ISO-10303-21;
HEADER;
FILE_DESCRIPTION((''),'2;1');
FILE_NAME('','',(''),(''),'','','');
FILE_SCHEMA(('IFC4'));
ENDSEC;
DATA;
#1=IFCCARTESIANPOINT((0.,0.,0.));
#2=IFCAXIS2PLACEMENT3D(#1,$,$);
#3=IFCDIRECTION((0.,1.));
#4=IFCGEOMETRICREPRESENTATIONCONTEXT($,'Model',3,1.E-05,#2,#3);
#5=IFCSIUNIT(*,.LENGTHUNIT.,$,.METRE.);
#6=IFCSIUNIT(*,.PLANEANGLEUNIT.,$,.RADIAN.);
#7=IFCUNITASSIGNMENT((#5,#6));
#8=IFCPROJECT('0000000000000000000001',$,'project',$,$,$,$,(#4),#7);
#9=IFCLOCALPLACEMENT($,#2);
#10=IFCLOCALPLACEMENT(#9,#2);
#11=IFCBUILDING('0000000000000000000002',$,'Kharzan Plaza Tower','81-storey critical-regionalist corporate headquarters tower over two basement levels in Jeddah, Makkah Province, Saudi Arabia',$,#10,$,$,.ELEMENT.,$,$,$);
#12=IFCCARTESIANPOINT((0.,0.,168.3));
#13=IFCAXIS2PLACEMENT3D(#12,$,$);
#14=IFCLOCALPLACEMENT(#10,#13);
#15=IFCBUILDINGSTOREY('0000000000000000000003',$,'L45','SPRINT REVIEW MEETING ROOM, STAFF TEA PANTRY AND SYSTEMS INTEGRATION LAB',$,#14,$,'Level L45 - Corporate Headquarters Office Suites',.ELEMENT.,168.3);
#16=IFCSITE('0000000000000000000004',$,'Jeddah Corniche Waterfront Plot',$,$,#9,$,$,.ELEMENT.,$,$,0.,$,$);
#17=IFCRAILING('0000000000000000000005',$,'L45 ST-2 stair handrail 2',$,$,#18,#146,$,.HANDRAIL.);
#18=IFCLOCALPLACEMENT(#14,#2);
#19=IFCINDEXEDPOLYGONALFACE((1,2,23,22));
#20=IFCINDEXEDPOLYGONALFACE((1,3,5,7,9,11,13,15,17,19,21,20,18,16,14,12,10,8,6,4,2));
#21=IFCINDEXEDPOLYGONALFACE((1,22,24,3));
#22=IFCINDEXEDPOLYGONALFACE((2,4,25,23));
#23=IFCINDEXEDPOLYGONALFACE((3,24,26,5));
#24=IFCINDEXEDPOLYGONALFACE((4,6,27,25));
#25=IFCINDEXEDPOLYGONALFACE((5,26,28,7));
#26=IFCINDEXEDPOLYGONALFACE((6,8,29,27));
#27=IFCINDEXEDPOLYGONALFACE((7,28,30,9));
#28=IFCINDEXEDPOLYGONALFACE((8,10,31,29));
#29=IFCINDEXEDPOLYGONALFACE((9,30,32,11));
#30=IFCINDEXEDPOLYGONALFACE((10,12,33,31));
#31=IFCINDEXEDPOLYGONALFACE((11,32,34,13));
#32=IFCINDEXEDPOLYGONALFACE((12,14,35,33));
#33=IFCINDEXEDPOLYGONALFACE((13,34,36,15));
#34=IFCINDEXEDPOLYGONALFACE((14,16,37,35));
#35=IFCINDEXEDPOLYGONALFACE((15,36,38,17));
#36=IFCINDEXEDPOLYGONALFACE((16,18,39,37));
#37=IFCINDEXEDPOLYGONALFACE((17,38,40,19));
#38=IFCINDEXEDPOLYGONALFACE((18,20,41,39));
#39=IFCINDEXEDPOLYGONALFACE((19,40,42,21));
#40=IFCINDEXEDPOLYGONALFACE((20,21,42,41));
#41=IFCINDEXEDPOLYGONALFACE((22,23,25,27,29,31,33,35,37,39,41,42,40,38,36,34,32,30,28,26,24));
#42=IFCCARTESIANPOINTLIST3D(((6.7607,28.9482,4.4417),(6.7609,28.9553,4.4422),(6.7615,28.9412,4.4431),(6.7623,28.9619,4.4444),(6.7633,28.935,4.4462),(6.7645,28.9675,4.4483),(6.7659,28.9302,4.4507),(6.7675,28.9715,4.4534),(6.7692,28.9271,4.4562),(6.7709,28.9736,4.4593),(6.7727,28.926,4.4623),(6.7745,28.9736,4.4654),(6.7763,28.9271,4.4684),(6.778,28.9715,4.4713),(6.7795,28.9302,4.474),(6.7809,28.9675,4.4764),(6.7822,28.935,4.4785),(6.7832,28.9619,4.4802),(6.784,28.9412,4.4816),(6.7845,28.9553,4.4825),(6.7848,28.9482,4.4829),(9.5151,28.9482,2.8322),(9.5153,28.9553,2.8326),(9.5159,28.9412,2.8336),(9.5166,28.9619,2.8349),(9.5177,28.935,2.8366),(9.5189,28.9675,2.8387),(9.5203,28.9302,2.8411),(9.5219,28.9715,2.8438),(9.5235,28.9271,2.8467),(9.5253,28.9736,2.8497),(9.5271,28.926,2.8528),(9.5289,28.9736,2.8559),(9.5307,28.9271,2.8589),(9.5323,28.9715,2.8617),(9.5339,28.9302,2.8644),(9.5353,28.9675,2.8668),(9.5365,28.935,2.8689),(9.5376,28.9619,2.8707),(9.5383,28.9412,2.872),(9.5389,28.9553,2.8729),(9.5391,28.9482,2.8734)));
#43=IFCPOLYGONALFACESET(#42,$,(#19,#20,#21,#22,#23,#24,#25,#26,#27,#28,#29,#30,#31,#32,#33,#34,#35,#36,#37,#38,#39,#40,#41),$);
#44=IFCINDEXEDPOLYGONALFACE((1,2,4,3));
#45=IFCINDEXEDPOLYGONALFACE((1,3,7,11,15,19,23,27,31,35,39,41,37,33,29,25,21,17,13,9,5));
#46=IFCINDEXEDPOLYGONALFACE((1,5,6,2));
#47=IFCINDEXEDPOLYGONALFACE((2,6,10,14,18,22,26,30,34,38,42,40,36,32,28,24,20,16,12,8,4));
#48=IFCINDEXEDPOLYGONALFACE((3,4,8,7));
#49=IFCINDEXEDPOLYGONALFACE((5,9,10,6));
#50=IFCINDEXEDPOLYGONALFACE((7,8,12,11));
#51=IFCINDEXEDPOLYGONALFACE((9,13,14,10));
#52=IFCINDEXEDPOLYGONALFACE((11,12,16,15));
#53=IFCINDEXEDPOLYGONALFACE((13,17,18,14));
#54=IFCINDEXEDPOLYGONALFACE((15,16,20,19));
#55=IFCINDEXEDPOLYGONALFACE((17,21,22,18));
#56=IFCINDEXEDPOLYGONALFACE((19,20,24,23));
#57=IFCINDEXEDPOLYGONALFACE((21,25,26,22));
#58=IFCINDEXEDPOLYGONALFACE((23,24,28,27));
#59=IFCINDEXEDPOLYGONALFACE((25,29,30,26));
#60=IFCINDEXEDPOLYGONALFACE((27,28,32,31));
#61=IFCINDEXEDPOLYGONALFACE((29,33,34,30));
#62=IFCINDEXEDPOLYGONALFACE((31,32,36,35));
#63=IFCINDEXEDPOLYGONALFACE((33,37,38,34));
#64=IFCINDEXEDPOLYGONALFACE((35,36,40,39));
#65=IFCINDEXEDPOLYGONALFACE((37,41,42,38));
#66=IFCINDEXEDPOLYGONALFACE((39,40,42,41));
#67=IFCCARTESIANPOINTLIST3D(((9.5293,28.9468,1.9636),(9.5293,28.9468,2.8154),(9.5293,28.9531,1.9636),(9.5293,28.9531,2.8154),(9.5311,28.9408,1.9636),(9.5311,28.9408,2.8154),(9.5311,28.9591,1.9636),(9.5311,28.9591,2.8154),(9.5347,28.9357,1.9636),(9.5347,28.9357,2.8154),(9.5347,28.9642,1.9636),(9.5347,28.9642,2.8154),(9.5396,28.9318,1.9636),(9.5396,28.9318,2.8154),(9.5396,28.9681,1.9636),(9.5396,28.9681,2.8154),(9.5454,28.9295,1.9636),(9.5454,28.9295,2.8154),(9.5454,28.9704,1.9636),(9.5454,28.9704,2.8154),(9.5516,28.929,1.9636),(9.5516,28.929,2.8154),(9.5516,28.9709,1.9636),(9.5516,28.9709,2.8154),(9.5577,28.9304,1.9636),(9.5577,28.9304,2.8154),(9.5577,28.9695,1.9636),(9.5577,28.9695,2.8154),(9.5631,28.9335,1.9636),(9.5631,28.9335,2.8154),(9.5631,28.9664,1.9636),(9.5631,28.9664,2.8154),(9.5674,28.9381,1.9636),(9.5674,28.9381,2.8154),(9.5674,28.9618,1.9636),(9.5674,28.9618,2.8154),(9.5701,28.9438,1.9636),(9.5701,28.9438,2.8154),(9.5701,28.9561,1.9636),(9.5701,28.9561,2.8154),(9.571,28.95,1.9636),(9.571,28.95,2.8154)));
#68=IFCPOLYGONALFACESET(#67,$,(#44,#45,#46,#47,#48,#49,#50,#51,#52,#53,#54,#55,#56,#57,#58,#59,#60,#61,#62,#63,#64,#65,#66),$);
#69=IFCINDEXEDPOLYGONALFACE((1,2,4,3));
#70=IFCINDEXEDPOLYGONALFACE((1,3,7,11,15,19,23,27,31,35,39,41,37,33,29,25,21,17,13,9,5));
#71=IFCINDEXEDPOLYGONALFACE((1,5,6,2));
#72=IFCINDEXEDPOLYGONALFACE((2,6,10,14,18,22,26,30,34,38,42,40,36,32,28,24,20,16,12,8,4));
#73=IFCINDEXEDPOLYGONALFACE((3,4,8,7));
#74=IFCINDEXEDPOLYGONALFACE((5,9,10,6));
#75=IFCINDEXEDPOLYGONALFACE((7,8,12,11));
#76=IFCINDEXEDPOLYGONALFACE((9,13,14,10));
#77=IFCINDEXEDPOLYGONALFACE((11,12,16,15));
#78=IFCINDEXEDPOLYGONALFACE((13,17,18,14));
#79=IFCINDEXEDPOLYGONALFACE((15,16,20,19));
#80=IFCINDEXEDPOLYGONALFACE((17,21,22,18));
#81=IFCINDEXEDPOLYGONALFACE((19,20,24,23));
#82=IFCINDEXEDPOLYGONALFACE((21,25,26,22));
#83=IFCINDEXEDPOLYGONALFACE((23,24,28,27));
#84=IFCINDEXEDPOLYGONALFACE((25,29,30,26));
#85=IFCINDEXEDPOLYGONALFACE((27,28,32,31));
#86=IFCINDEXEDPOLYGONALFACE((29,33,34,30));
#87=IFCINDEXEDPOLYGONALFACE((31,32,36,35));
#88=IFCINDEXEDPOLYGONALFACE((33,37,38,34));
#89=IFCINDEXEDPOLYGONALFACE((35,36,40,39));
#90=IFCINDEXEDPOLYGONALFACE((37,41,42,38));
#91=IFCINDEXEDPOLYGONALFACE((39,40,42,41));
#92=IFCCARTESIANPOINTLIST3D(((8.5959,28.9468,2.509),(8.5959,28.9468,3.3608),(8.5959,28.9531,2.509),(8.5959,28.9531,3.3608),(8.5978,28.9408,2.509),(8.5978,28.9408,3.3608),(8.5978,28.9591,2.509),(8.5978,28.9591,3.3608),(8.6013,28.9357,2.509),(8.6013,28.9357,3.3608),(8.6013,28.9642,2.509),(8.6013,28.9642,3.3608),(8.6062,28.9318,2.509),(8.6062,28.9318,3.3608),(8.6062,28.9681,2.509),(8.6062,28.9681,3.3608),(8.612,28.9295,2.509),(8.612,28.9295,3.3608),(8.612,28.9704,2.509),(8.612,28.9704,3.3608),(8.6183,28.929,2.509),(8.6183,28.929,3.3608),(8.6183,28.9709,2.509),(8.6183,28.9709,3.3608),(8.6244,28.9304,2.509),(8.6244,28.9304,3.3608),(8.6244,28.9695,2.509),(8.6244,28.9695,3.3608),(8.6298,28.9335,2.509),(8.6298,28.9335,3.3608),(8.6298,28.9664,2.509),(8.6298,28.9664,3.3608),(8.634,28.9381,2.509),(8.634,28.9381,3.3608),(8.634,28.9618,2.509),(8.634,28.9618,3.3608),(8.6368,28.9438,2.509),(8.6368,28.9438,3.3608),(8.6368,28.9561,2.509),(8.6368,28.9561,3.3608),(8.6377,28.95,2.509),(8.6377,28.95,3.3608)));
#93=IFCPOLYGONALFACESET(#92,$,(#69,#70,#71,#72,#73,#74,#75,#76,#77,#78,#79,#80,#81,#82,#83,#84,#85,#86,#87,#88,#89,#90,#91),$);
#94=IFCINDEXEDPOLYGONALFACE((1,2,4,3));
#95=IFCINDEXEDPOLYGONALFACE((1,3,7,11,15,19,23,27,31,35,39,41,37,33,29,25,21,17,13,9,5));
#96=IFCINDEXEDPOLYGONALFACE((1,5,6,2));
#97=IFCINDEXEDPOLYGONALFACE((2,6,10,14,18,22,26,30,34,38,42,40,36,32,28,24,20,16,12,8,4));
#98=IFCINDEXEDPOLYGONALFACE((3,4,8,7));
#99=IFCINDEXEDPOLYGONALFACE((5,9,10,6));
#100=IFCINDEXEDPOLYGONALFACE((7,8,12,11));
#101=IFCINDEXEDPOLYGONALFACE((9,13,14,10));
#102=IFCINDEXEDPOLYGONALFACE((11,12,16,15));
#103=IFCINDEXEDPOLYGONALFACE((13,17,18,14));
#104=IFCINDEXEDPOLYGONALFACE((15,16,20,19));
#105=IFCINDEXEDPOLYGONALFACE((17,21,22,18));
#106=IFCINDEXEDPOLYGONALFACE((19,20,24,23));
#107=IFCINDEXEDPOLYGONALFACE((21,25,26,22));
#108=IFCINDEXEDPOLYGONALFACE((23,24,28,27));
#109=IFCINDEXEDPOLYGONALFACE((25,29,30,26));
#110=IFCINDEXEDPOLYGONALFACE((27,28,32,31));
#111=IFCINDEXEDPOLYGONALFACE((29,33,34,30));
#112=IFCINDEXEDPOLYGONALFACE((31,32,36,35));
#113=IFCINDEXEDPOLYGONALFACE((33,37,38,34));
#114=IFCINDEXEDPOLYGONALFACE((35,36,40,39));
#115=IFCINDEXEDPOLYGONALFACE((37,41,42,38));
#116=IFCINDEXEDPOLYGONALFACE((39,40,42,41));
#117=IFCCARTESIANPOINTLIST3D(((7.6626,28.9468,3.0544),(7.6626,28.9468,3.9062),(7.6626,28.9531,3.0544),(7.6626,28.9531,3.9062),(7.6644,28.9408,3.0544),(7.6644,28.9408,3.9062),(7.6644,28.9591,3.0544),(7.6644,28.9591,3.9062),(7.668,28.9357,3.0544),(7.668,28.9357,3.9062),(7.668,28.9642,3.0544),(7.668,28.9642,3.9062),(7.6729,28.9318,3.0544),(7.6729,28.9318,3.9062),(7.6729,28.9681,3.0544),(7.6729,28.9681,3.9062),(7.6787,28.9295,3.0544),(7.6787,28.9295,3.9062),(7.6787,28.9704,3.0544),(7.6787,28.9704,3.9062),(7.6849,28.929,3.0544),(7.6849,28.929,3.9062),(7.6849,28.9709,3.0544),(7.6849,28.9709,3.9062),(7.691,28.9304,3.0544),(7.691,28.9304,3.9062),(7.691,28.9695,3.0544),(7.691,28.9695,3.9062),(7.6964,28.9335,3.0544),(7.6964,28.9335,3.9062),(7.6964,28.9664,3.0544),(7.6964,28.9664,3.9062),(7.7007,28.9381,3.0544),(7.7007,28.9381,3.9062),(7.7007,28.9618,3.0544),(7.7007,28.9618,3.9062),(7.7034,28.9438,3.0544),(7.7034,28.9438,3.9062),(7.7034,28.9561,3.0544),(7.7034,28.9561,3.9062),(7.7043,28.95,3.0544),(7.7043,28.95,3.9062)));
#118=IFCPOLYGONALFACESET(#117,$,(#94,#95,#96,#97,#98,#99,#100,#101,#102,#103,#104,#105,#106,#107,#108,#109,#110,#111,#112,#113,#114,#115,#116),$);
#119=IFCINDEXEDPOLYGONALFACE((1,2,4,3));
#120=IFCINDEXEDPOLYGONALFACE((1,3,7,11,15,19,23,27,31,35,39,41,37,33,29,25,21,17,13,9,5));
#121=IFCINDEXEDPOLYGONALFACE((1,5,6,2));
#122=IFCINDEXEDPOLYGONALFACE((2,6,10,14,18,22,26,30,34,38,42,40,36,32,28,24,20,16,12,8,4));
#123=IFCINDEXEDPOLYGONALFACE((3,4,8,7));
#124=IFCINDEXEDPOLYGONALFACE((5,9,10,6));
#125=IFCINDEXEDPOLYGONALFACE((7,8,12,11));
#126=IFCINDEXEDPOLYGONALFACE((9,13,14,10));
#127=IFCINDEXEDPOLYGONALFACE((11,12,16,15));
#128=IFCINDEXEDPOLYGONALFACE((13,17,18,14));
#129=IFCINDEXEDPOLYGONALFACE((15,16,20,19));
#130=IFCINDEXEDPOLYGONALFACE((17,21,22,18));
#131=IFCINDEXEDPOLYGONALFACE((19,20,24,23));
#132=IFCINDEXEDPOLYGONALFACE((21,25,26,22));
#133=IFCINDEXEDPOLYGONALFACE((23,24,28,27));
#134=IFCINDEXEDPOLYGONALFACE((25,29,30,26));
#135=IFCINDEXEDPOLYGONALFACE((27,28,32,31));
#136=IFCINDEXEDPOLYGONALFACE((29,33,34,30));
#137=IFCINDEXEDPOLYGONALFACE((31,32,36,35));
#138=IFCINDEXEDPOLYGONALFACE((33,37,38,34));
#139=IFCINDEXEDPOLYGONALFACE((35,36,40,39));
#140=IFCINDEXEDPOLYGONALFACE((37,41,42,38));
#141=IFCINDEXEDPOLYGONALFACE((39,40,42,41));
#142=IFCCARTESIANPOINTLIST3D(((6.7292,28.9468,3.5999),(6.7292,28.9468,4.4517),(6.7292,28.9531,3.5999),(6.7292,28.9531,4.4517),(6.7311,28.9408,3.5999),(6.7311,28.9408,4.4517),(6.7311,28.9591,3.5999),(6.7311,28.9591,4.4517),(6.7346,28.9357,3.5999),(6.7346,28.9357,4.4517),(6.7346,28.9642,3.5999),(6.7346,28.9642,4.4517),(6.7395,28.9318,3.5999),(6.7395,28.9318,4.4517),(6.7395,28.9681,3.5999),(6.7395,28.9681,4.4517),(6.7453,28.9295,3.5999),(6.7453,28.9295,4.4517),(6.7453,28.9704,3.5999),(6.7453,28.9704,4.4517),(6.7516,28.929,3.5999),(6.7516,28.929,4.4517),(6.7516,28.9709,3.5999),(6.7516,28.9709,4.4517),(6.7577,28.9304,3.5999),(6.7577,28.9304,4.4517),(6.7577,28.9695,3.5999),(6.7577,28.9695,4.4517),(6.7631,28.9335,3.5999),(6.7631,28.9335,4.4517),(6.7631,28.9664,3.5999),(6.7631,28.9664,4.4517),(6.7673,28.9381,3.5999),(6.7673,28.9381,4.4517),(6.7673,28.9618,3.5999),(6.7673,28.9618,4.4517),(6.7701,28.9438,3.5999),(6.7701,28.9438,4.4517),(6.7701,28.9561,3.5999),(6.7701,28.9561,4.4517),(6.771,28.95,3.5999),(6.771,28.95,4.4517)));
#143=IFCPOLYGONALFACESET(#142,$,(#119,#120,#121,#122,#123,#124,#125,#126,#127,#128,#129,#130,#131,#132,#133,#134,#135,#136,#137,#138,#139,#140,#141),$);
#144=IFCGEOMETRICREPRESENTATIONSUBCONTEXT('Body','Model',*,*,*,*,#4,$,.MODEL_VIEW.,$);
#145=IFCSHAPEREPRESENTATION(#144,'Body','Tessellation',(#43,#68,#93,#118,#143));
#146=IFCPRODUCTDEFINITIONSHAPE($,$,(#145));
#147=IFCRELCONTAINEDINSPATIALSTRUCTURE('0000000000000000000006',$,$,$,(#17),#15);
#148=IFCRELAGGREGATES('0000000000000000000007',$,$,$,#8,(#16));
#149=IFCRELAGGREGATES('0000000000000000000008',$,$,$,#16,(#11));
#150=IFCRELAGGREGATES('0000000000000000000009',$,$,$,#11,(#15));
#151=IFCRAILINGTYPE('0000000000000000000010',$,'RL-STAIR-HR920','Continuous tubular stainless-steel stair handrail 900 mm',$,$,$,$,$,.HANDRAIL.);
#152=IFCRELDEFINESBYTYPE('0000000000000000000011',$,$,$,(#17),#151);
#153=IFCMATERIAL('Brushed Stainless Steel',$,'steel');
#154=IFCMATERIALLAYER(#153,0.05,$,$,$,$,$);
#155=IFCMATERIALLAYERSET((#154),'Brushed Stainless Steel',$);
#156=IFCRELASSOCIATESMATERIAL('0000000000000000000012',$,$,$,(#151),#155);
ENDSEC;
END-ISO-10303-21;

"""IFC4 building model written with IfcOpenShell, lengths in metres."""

from ifc_helpers import new_model, si_unit, direction, frame, origin, origin_2d, place, context, subcontext, project, spatial, circle, extrude, source, transform, mapped, material, layer, layer_set, type_object, element, save


model = new_model("IFC4")

# Units and contexts
model_context = context("Model", 3, precision=1e-05, world=origin(), true_north=direction((0.0, 1.0)))
body_context = subcontext(model_context, "Body", "Model", "MODEL_VIEW")
ifc_project = project(units=[si_unit("LENGTHUNIT", "METRE"), si_unit("PLANEANGLEUNIT", "RADIAN")], contexts=[model_context])

# Site, building, storey
site_placement = place(None, origin())
site = spatial("IfcSite", under=ifc_project, at=site_placement, Name="Jeddah Corniche Waterfront Plot", CompositionType="ELEMENT", RefElevation=0.0)
building_placement = place(site_placement, origin())
building = spatial("IfcBuilding", under=site, at=building_placement, Name="Kharzan Plaza Tower", Description="81-storey critical-regionalist corporate headquarters tower over two basement levels in Jeddah, Makkah Province, Saudi Arabia", CompositionType="ELEMENT")
storey_placement = place(building_placement, frame((0.0, 0.0, 168.3)))
storey = spatial("IfcBuildingStorey", under=building, at=storey_placement, Name="L45", Description="SPRINT REVIEW MEETING ROOM, STAFF TEA PANTRY AND SYSTEMS INTEGRATION LAB", LongName="Level L45 - Corporate Headquarters Office Suites", CompositionType="ELEMENT", Elevation=168.3)

# Shared definitions
ifc_material_1 = material(Name="Brushed Stainless Steel", Category="steel")

# Railing
ifc_layer_1 = layer(ifc_material_1, 0.05)
ifc_layer_set_1 = layer_set([ifc_layer_1], Name="Brushed Stainless Steel")
railing_type_1 = type_object("IfcRailingType", Name="RL-STAIR-HR920", Description="Continuous tubular stainless-steel stair handrail 900 mm", PredefinedType="HANDRAIL", material=ifc_layer_set_1)
shared_shape_1 = source(origin(), body_context, "Body", "SweptSolid", [
    extrude(circle(Radius=0.0239, at=origin_2d()), frame((-0.0229, 0.0, 0.8892), z_axis=(-0.863394, 0.0, 0.504531), x_axis=(0.0, -1.0, 0.0)), (0.0, 0.0, 1.0), 3.1902),
    extrude(circle(Radius=0.021, at=origin_2d()), origin(), (0.0, 0.0, 1.0), 0.8518),
    extrude(circle(Radius=0.021, at=origin_2d()), frame((-0.9333, 0.0, 0.5454)), (0.0, 0.0, 1.0), 0.8518),
    extrude(circle(Radius=0.021, at=origin_2d()), frame((-1.8667, 0.0, 1.0908)), (0.0, 0.0, 1.0), 0.8518),
    extrude(circle(Radius=0.021, at=origin_2d()), frame((-2.8, 0.0, 1.6362)), (0.0, 0.0, 1.0), 0.8518),
])
railing_1_placement = place(storey_placement, frame((9.55, 28.95, 1.9636)))
element("IfcRailing", 1, at=railing_1_placement, inside=storey, type_object=railing_type_1, Name="L45 ST-2 stair handrail 2", PredefinedType="HANDRAIL", context=body_context, shape_type="MappedRepresentation", body=[
    mapped(shared_shape_1, transform((0.0, 0.0, 0.0), x_axis=(1.0, 0.0, 0.0), y_axis=(0.0, 1.0, 0.0), z_axis=(0.0, 0.0, 1.0))),
])

save(model, "model.ifc")
